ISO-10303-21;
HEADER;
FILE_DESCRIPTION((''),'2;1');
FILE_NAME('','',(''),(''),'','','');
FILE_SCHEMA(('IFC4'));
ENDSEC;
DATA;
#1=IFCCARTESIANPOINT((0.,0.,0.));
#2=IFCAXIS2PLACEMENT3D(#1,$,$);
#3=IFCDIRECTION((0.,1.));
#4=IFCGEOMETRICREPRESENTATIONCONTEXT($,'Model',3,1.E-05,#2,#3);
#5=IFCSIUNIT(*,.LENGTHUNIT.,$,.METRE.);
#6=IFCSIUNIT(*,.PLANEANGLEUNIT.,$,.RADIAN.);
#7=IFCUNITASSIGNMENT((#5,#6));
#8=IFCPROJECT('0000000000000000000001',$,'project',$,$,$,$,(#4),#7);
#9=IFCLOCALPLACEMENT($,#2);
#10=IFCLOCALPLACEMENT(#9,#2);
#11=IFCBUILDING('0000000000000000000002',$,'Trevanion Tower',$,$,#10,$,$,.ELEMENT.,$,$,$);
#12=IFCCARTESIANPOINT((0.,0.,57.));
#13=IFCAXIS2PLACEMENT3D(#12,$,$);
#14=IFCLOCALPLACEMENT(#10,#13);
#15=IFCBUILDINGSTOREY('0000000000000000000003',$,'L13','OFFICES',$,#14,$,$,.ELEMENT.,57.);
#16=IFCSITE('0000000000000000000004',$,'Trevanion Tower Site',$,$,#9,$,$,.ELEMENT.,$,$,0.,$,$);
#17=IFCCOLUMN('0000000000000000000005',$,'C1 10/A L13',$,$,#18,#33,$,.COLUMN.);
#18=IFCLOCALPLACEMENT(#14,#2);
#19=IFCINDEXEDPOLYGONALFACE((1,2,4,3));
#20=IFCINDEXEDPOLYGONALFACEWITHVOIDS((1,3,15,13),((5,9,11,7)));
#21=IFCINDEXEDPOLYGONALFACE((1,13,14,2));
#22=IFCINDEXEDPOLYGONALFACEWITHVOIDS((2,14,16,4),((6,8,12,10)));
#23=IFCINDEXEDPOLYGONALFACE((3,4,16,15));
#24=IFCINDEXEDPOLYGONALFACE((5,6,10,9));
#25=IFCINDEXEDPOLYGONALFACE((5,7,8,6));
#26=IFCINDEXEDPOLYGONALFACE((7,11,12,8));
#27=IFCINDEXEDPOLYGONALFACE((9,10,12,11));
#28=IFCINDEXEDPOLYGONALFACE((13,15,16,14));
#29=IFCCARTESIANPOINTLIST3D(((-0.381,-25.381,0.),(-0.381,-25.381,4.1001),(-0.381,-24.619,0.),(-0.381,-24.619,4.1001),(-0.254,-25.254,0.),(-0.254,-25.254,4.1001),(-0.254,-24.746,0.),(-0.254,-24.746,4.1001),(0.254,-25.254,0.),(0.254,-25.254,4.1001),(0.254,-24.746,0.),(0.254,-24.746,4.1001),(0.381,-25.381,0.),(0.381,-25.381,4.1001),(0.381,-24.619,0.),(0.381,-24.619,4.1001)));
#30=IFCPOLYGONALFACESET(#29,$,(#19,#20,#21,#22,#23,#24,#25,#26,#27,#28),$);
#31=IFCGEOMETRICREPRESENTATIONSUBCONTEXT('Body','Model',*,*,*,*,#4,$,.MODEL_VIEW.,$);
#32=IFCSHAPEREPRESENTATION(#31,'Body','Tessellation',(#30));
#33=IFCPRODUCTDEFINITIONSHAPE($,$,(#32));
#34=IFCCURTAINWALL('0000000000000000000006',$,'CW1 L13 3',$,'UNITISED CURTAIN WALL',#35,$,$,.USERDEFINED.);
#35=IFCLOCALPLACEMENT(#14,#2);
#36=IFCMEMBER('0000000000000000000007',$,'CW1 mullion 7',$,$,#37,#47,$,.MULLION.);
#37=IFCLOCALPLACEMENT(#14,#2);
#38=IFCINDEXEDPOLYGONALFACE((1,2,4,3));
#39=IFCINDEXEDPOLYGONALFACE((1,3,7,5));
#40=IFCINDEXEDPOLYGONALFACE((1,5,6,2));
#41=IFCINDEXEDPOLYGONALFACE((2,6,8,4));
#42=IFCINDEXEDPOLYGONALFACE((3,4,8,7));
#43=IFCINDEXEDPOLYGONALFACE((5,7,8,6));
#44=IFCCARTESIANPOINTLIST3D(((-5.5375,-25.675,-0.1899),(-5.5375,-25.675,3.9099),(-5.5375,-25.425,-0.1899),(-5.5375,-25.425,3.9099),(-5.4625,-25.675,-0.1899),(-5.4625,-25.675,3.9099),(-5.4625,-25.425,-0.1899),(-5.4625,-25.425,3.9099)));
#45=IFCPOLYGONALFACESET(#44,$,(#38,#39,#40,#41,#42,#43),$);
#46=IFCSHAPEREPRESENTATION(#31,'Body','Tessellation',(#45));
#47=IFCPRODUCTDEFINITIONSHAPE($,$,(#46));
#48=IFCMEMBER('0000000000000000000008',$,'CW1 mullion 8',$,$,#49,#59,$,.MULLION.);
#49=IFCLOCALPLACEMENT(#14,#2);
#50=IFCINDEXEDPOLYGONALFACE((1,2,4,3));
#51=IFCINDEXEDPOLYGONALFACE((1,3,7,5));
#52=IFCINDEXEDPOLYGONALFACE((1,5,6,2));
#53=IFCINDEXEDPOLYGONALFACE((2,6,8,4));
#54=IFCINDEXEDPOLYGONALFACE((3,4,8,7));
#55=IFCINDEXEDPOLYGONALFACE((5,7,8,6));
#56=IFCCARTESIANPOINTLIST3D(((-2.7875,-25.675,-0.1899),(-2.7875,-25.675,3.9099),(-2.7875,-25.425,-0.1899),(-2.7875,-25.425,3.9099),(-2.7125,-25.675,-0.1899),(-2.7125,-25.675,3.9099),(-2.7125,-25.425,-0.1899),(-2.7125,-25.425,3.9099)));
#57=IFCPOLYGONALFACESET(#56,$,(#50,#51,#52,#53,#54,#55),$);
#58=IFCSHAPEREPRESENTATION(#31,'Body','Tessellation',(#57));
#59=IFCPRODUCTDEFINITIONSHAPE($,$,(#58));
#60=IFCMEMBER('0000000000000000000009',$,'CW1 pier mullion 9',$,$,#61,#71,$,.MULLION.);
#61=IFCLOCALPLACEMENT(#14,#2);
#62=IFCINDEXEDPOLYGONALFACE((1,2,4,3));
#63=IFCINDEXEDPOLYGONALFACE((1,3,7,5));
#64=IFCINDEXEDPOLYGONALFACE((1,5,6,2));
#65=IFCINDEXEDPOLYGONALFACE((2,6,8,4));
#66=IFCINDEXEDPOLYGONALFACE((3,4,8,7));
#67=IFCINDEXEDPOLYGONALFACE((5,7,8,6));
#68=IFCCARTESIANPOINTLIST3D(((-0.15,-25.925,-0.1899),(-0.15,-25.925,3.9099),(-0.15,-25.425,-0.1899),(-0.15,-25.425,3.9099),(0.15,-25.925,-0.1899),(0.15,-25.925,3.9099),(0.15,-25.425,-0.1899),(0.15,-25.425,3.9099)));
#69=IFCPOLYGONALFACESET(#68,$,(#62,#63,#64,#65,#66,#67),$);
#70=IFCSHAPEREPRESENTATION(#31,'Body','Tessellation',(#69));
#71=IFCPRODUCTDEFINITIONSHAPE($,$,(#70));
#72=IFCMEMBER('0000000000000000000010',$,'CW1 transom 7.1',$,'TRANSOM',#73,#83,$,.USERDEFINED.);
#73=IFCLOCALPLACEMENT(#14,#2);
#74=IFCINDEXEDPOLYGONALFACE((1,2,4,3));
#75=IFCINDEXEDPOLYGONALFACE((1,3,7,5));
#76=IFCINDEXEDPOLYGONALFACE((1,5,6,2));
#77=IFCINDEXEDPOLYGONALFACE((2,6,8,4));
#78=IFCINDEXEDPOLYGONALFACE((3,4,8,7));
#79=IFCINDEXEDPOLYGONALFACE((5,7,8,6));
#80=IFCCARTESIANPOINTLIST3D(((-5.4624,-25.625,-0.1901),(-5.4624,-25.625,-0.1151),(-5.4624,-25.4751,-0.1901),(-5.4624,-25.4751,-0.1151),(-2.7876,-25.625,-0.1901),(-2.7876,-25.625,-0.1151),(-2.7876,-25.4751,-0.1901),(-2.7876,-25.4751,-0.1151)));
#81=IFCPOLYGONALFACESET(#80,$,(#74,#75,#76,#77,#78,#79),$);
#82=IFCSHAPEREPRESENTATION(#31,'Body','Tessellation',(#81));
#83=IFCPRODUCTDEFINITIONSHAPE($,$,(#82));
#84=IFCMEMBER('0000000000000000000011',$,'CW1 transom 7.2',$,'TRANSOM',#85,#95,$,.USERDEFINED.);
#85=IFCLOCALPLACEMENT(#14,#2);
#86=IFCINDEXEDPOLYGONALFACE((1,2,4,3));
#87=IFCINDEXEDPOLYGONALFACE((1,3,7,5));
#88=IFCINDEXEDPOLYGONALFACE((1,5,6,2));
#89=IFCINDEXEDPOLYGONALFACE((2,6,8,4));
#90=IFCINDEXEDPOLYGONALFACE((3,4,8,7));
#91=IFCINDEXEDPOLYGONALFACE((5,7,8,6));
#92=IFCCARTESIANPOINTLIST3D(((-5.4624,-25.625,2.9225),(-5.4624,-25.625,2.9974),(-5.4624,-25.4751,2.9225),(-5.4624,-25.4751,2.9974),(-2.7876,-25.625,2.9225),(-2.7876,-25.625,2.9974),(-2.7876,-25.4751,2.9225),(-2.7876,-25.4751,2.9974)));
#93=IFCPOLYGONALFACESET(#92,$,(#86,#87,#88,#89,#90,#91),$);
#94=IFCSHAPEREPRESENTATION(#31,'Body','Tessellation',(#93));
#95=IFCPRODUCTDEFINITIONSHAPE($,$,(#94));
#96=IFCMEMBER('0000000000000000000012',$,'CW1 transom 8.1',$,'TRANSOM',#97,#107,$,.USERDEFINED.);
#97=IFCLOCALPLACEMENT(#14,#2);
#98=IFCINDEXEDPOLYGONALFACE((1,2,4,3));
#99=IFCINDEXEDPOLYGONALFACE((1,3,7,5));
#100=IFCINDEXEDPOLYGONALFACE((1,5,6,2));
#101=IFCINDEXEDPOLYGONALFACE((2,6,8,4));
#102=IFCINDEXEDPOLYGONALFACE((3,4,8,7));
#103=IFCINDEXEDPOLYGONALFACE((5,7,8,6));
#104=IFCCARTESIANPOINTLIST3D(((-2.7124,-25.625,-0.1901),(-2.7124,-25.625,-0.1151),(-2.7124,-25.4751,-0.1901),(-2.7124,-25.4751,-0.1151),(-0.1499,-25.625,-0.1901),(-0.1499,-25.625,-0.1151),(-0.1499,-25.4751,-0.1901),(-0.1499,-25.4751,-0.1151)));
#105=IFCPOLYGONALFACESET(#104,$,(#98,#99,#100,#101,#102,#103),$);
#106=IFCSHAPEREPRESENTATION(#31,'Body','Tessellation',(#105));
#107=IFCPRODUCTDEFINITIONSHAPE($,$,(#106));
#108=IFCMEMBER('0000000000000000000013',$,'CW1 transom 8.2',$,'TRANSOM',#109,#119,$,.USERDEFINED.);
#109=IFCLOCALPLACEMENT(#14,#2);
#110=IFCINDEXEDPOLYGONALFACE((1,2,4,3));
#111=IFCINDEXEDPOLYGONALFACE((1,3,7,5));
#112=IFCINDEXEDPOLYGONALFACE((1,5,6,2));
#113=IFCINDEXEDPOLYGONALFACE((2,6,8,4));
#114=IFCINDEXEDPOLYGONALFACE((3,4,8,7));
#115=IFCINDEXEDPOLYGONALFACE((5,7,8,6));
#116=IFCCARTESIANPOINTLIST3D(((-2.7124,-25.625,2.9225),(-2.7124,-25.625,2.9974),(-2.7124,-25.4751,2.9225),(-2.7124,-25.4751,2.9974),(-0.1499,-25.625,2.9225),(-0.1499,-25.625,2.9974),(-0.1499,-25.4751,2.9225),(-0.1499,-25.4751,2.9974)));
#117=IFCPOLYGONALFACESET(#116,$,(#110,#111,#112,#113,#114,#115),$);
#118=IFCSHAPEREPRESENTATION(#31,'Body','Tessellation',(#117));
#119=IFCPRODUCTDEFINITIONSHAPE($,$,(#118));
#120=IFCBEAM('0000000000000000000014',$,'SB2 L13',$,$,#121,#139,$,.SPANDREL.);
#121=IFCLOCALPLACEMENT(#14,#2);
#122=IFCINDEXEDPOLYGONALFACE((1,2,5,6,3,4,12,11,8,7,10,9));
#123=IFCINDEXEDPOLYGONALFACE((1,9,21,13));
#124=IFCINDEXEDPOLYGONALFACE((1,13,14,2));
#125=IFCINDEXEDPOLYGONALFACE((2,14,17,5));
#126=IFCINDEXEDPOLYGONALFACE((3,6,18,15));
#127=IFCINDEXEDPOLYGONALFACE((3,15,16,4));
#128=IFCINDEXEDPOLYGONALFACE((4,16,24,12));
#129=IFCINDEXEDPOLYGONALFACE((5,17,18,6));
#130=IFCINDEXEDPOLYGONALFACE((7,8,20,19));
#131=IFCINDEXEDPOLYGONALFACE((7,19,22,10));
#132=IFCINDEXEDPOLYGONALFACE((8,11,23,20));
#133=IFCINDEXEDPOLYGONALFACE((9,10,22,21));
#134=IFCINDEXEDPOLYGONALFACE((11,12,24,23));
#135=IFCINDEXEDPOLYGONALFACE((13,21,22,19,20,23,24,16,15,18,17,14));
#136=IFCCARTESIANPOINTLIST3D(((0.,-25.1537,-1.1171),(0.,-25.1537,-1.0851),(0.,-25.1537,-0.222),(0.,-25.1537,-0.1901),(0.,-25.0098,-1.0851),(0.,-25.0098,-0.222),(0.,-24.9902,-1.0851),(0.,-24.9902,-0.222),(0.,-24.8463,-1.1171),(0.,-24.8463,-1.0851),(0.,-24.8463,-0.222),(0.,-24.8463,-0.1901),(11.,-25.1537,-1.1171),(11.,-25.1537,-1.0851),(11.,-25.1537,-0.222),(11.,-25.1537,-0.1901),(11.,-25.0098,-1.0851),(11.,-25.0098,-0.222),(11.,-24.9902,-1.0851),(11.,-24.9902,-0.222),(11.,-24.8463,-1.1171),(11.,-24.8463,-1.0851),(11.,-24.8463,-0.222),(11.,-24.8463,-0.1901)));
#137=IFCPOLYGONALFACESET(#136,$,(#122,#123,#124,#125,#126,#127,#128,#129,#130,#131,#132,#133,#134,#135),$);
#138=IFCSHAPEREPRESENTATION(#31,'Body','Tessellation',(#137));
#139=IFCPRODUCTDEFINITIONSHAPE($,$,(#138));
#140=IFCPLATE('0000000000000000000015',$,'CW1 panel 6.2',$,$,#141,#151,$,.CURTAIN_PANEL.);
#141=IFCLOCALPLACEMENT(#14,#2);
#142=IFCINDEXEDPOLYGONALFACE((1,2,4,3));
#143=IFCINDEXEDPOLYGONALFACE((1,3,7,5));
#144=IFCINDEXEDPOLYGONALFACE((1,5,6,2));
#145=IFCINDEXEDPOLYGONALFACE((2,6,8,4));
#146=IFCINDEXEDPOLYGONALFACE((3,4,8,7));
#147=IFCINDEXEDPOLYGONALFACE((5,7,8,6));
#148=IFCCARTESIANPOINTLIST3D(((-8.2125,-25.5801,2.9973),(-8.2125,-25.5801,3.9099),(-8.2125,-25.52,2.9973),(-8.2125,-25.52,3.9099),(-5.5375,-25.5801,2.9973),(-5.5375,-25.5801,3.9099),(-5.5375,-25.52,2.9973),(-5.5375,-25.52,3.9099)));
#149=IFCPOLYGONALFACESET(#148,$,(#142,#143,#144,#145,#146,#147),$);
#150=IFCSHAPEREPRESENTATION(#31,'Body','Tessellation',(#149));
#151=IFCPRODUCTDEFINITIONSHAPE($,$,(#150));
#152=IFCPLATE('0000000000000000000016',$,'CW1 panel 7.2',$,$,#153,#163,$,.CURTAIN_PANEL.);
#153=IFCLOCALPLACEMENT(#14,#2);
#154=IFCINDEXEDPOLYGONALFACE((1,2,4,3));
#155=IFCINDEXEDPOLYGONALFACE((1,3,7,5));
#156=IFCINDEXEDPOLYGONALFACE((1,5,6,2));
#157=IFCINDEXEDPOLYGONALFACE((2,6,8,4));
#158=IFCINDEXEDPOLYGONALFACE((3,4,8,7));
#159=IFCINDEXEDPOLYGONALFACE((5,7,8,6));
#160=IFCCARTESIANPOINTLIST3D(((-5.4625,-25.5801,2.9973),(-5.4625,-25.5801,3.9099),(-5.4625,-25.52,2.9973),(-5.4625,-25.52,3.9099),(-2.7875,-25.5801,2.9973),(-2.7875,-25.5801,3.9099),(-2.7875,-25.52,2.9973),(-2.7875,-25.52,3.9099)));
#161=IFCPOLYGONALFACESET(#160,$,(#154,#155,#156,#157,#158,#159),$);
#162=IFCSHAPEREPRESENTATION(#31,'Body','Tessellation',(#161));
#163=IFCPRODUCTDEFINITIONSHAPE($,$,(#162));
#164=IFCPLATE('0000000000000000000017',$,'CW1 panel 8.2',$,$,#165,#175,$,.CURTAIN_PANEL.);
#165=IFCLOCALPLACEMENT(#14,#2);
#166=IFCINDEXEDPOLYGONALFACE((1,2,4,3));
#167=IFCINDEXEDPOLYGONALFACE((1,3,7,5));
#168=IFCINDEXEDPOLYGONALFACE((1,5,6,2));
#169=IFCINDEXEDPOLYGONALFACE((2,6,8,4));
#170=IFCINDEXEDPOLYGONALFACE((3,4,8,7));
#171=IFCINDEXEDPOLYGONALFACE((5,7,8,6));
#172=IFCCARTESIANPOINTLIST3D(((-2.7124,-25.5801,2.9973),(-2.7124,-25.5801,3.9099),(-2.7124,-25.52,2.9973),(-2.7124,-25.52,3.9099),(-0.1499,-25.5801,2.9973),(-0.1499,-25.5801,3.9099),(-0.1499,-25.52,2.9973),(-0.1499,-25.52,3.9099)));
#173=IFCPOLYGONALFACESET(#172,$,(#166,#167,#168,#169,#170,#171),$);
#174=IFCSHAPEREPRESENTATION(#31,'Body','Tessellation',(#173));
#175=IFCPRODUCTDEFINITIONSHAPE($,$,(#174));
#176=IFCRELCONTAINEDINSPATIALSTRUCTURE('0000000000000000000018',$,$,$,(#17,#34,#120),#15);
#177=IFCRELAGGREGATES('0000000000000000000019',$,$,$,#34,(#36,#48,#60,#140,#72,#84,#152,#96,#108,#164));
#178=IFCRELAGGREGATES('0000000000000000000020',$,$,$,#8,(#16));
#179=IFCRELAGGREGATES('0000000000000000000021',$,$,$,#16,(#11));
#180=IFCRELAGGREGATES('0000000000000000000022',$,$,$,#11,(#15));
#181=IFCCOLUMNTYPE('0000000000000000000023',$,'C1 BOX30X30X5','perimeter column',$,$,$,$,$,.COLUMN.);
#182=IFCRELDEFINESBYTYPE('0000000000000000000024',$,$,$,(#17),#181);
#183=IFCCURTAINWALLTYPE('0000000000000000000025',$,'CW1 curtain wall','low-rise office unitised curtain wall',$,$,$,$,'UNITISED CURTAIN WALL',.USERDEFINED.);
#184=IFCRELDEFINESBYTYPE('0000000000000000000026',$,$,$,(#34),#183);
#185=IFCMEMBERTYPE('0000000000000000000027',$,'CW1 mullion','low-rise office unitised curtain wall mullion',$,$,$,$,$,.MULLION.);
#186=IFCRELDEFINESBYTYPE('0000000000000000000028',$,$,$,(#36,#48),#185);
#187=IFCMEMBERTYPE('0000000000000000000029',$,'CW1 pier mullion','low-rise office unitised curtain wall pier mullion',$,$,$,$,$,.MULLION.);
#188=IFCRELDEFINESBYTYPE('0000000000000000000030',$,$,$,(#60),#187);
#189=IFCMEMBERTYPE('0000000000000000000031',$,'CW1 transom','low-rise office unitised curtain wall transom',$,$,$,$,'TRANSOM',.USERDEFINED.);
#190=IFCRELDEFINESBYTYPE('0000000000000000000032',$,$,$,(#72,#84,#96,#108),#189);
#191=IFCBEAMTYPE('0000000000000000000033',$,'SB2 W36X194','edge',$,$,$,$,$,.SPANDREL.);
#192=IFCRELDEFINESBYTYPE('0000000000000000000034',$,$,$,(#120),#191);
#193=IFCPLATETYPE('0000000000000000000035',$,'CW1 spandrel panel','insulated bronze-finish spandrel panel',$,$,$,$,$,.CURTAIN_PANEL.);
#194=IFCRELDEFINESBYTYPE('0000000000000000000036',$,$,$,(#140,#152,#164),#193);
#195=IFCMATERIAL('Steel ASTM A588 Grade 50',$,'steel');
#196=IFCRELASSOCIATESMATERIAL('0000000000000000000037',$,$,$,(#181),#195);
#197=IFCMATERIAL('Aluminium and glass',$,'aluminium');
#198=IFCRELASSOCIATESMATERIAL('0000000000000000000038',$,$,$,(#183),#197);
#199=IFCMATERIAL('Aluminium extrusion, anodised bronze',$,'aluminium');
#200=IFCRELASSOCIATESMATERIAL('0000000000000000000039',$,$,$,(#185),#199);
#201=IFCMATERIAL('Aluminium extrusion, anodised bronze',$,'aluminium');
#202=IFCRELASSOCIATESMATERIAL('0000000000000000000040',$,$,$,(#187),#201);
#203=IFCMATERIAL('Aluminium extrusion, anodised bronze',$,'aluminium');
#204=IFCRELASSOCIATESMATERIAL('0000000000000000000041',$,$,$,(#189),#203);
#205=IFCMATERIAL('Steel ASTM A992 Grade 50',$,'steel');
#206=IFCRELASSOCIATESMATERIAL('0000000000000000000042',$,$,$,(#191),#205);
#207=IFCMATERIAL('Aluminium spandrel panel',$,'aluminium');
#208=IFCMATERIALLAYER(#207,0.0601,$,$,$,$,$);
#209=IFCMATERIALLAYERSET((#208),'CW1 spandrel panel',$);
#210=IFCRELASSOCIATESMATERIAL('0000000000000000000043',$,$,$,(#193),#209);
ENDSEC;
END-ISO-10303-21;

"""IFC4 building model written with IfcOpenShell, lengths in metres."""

from ifc_helpers import new_model, si_unit, direction, frame, origin, origin_2d, place, context, subcontext, project, spatial, rectangle, hollow_rectangle, i_section, extrude, material, layer, layer_set, material_profile, profile_set, type_object, element, aggregate, save


model = new_model("IFC4")

# Units and contexts
model_context = context("Model", 3, precision=1e-05, world=origin(), true_north=direction((0.0, 1.0)))
body_context = subcontext(model_context, "Body", "Model", "MODEL_VIEW")
ifc_project = project(units=[si_unit("LENGTHUNIT", "METRE"), si_unit("PLANEANGLEUNIT", "RADIAN")], contexts=[model_context])

# Site, building, storey
site_placement = place(None, origin())
site = spatial("IfcSite", under=ifc_project, at=site_placement, Name="Trevanion Tower Site", CompositionType="ELEMENT", RefElevation=0.0)
building_placement = place(site_placement, origin())
building = spatial("IfcBuilding", under=site, at=building_placement, Name="Trevanion Tower", CompositionType="ELEMENT")
storey_placement = place(building_placement, frame((0.0, 0.0, 57.0)))
storey = spatial("IfcBuildingStorey", under=building, at=storey_placement, Name="L13", Description="OFFICES", CompositionType="ELEMENT", Elevation=57.0)

# Column
ifc_material_1 = material(Name="Steel ASTM A588 Grade 50", Category="steel")
ifc_material_profile_1 = material_profile(ifc_material_1, hollow_rectangle(XDim=0.762, YDim=0.762, WallThickness=0.127, at=origin_2d()), Name="BOX30X30X5")
ifc_profile_set_1 = profile_set([ifc_material_profile_1], Name="Steel ASTM A588 Grade 50")
column_type = type_object("IfcColumnType", Name="C1 BOX30X30X5", Description="perimeter column", PredefinedType="COLUMN", material=ifc_profile_set_1)
column_placement = place(storey_placement, frame((0.0, -25.0, 0.0), z_axis=(0.0, 0.0, 1.0), x_axis=(1.0, 0.0, 0.0)))
element("IfcColumn", 1, at=column_placement, inside=storey, type_object=column_type, Name="C1 10/A L13", PredefinedType="COLUMN", context=body_context, shape_type="SweptSolid", body=[
    extrude(hollow_rectangle(XDim=0.762, YDim=0.762, WallThickness=0.127, at=origin_2d()), origin(), (0.0, 0.0, 1.0), 4.1001),
])

# Curtain wall, members
ifc_material_2 = material(Name="Aluminium and glass", Category="aluminium")
curtain_wall_type = type_object("IfcCurtainWallType", Name="CW1 curtain wall", Description="low-rise office unitised curtain wall", ElementType="UNITISED CURTAIN WALL", PredefinedType="USERDEFINED", material=ifc_material_2)
curtain_wall_placement = place(storey_placement, origin())
curtain_wall = element("IfcCurtainWall", 2, at=curtain_wall_placement, inside=storey, type_object=curtain_wall_type, Name="CW1 L13 3", ObjectType="UNITISED CURTAIN WALL", PredefinedType="USERDEFINED")
ifc_material_3 = material(Name="Aluminium extrusion, anodised bronze", Category="aluminium")
ifc_material_profile_2 = material_profile(ifc_material_3, rectangle(XDim=0.075, YDim=0.25, at=origin_2d()), Name="CW1 mullion")
ifc_profile_set_2 = profile_set([ifc_material_profile_2], Name="Aluminium extrusion, anodised bronze")
member_type_1 = type_object("IfcMemberType", Name="CW1 mullion", Description="low-rise office unitised curtain wall mullion", PredefinedType="MULLION", material=ifc_profile_set_2)
member_1_placement = place(storey_placement, frame((-5.5, -25.55, -0.1899), z_axis=(0.0, 0.0, 1.0), x_axis=(1.0, 0.0, 0.0)))
member_1 = element("IfcMember", 3, at=member_1_placement, type_object=member_type_1, Name="CW1 mullion 7", PredefinedType="MULLION", context=body_context, shape_type="SweptSolid", body=[
    extrude(rectangle(XDim=0.075, YDim=0.25, at=origin_2d()), origin(), (0.0, 0.0, 1.0), 4.0999),
])
member_2_placement = place(storey_placement, frame((-2.75, -25.55, -0.1899), z_axis=(0.0, 0.0, 1.0), x_axis=(1.0, 0.0, 0.0)))
member_2 = element("IfcMember", 4, at=member_2_placement, type_object=member_type_1, Name="CW1 mullion 8", PredefinedType="MULLION", context=body_context, shape_type="SweptSolid", body=[
    extrude(rectangle(XDim=0.075, YDim=0.25, at=origin_2d()), origin(), (0.0, 0.0, 1.0), 4.0999),
])
ifc_material_4 = material(Name="Aluminium extrusion, anodised bronze", Category="aluminium")
ifc_material_profile_3 = material_profile(ifc_material_4, rectangle(XDim=0.3, YDim=0.5, at=origin_2d()), Name="CW1 pier mullion")
ifc_profile_set_3 = profile_set([ifc_material_profile_3], Name="Aluminium extrusion, anodised bronze")
member_type_2 = type_object("IfcMemberType", Name="CW1 pier mullion", Description="low-rise office unitised curtain wall pier mullion", PredefinedType="MULLION", material=ifc_profile_set_3)
member_3_placement = place(storey_placement, frame((0.0, -25.675, -0.1899), z_axis=(0.0, 0.0, 1.0), x_axis=(1.0, 0.0, 0.0)))
member_3 = element("IfcMember", 5, at=member_3_placement, type_object=member_type_2, Name="CW1 pier mullion 9", PredefinedType="MULLION", context=body_context, shape_type="SweptSolid", body=[
    extrude(rectangle(XDim=0.3, YDim=0.5, at=origin_2d()), origin(), (0.0, 0.0, 1.0), 4.0999),
])
ifc_material_5 = material(Name="Aluminium extrusion, anodised bronze", Category="aluminium")
ifc_material_profile_4 = material_profile(ifc_material_5, rectangle(XDim=0.1499, YDim=0.075, at=origin_2d()), Name="CW1 transom")
ifc_profile_set_4 = profile_set([ifc_material_profile_4], Name="Aluminium extrusion, anodised bronze")
member_type_3 = type_object("IfcMemberType", Name="CW1 transom", Description="low-rise office unitised curtain wall transom", ElementType="TRANSOM", PredefinedType="USERDEFINED", material=ifc_profile_set_4)
member_4_placement = place(storey_placement, frame((-5.4624, -25.55, -0.1526), z_axis=(1.0, 0.0, 0.0), x_axis=(0.0, 1.0, 0.0)))
member_4 = element("IfcMember", 6, at=member_4_placement, type_object=member_type_3, Name="CW1 transom 7.1", ObjectType="TRANSOM", PredefinedType="USERDEFINED", context=body_context, shape_type="SweptSolid", body=[
    extrude(rectangle(XDim=0.1499, YDim=0.075, at=origin_2d()), origin(), (0.0, 0.0, 1.0), 2.6748),
])
member_5_placement = place(storey_placement, frame((-5.4624, -25.55, 2.96), z_axis=(1.0, 0.0, 0.0), x_axis=(0.0, 1.0, 0.0)))
member_5 = element("IfcMember", 7, at=member_5_placement, type_object=member_type_3, Name="CW1 transom 7.2", ObjectType="TRANSOM", PredefinedType="USERDEFINED", context=body_context, shape_type="SweptSolid", body=[
    extrude(rectangle(XDim=0.1499, YDim=0.075, at=origin_2d()), origin(), (0.0, 0.0, 1.0), 2.6748),
])
member_6_placement = place(storey_placement, frame((-2.7124, -25.55, -0.1526), z_axis=(1.0, 0.0, 0.0), x_axis=(0.0, 1.0, 0.0)))
member_6 = element("IfcMember", 8, at=member_6_placement, type_object=member_type_3, Name="CW1 transom 8.1", ObjectType="TRANSOM", PredefinedType="USERDEFINED", context=body_context, shape_type="SweptSolid", body=[
    extrude(rectangle(XDim=0.1499, YDim=0.075, at=origin_2d()), origin(), (0.0, 0.0, 1.0), 2.5625),
])
member_7_placement = place(storey_placement, frame((-2.7124, -25.55, 2.96), z_axis=(1.0, 0.0, 0.0), x_axis=(0.0, 1.0, 0.0)))
member_7 = element("IfcMember", 9, at=member_7_placement, type_object=member_type_3, Name="CW1 transom 8.2", ObjectType="TRANSOM", PredefinedType="USERDEFINED", context=body_context, shape_type="SweptSolid", body=[
    extrude(rectangle(XDim=0.1499, YDim=0.075, at=origin_2d()), origin(), (0.0, 0.0, 1.0), 2.5625),
])

# Beam
ifc_material_6 = material(Name="Steel ASTM A992 Grade 50", Category="steel")
ifc_material_profile_5 = material_profile(ifc_material_6, i_section(OverallWidth=0.3074, OverallDepth=0.927, WebThickness=0.0195, FlangeThickness=0.032, at=origin_2d()), Name="W36X194")
ifc_profile_set_5 = profile_set([ifc_material_profile_5], Name="Steel ASTM A992 Grade 50")
beam_type = type_object("IfcBeamType", Name="SB2 W36X194", Description="edge", PredefinedType="SPANDREL", material=ifc_profile_set_5)
beam_placement = place(storey_placement, frame((0.0, -25.0, -0.6536), z_axis=(1.0, 0.0, 0.0), x_axis=(0.0, 1.0, 0.0)))
element("IfcBeam", 10, at=beam_placement, inside=storey, type_object=beam_type, Name="SB2 L13", PredefinedType="SPANDREL", context=body_context, shape_type="SweptSolid", body=[
    extrude(i_section(OverallWidth=0.3074, OverallDepth=0.927, WebThickness=0.0195, FlangeThickness=0.032, at=origin_2d()), origin(), (0.0, 0.0, 1.0), 11.0),
])

# Plates
ifc_material_7 = material(Name="Aluminium spandrel panel", Category="aluminium")
ifc_layer_1 = layer(ifc_material_7, 0.0601)
ifc_layer_set_1 = layer_set([ifc_layer_1], Name="CW1 spandrel panel")
plate_type_1 = type_object("IfcPlateType", Name="CW1 spandrel panel", Description="insulated bronze-finish spandrel panel", PredefinedType="CURTAIN_PANEL", material=ifc_layer_set_1)
plate_1_placement = place(storey_placement, frame((-6.875, -25.55, 2.9973), z_axis=(0.0, 0.0, 1.0), x_axis=(1.0, 0.0, 0.0)))
plate_1 = element("IfcPlate", 11, at=plate_1_placement, type_object=plate_type_1, Name="CW1 panel 6.2", PredefinedType="CURTAIN_PANEL", context=body_context, shape_type="SweptSolid", body=[
    extrude(rectangle(XDim=2.675, YDim=0.0601, at=origin_2d()), origin(), (0.0, 0.0, 1.0), 0.9126),
])
plate_2_placement = place(storey_placement, frame((-4.125, -25.55, 2.9973), z_axis=(0.0, 0.0, 1.0), x_axis=(1.0, 0.0, 0.0)))
plate_2 = element("IfcPlate", 12, at=plate_2_placement, type_object=plate_type_1, Name="CW1 panel 7.2", PredefinedType="CURTAIN_PANEL", context=body_context, shape_type="SweptSolid", body=[
    extrude(rectangle(XDim=2.675, YDim=0.0601, at=origin_2d()), origin(), (0.0, 0.0, 1.0), 0.9126),
])
plate_3_placement = place(storey_placement, frame((-1.4312, -25.55, 2.9973), z_axis=(0.0, 0.0, 1.0), x_axis=(1.0, 0.0, 0.0)))
plate_3 = element("IfcPlate", 13, at=plate_3_placement, type_object=plate_type_1, Name="CW1 panel 8.2", PredefinedType="CURTAIN_PANEL", context=body_context, shape_type="SweptSolid", body=[
    extrude(rectangle(XDim=2.5625, YDim=0.0601, at=origin_2d()), origin(), (0.0, 0.0, 1.0), 0.9126),
])
aggregate(curtain_wall, [member_1, member_2, member_3, plate_1, member_4, member_5, plate_2, member_6, member_7, plate_3])

save(model, "model.ifc")
